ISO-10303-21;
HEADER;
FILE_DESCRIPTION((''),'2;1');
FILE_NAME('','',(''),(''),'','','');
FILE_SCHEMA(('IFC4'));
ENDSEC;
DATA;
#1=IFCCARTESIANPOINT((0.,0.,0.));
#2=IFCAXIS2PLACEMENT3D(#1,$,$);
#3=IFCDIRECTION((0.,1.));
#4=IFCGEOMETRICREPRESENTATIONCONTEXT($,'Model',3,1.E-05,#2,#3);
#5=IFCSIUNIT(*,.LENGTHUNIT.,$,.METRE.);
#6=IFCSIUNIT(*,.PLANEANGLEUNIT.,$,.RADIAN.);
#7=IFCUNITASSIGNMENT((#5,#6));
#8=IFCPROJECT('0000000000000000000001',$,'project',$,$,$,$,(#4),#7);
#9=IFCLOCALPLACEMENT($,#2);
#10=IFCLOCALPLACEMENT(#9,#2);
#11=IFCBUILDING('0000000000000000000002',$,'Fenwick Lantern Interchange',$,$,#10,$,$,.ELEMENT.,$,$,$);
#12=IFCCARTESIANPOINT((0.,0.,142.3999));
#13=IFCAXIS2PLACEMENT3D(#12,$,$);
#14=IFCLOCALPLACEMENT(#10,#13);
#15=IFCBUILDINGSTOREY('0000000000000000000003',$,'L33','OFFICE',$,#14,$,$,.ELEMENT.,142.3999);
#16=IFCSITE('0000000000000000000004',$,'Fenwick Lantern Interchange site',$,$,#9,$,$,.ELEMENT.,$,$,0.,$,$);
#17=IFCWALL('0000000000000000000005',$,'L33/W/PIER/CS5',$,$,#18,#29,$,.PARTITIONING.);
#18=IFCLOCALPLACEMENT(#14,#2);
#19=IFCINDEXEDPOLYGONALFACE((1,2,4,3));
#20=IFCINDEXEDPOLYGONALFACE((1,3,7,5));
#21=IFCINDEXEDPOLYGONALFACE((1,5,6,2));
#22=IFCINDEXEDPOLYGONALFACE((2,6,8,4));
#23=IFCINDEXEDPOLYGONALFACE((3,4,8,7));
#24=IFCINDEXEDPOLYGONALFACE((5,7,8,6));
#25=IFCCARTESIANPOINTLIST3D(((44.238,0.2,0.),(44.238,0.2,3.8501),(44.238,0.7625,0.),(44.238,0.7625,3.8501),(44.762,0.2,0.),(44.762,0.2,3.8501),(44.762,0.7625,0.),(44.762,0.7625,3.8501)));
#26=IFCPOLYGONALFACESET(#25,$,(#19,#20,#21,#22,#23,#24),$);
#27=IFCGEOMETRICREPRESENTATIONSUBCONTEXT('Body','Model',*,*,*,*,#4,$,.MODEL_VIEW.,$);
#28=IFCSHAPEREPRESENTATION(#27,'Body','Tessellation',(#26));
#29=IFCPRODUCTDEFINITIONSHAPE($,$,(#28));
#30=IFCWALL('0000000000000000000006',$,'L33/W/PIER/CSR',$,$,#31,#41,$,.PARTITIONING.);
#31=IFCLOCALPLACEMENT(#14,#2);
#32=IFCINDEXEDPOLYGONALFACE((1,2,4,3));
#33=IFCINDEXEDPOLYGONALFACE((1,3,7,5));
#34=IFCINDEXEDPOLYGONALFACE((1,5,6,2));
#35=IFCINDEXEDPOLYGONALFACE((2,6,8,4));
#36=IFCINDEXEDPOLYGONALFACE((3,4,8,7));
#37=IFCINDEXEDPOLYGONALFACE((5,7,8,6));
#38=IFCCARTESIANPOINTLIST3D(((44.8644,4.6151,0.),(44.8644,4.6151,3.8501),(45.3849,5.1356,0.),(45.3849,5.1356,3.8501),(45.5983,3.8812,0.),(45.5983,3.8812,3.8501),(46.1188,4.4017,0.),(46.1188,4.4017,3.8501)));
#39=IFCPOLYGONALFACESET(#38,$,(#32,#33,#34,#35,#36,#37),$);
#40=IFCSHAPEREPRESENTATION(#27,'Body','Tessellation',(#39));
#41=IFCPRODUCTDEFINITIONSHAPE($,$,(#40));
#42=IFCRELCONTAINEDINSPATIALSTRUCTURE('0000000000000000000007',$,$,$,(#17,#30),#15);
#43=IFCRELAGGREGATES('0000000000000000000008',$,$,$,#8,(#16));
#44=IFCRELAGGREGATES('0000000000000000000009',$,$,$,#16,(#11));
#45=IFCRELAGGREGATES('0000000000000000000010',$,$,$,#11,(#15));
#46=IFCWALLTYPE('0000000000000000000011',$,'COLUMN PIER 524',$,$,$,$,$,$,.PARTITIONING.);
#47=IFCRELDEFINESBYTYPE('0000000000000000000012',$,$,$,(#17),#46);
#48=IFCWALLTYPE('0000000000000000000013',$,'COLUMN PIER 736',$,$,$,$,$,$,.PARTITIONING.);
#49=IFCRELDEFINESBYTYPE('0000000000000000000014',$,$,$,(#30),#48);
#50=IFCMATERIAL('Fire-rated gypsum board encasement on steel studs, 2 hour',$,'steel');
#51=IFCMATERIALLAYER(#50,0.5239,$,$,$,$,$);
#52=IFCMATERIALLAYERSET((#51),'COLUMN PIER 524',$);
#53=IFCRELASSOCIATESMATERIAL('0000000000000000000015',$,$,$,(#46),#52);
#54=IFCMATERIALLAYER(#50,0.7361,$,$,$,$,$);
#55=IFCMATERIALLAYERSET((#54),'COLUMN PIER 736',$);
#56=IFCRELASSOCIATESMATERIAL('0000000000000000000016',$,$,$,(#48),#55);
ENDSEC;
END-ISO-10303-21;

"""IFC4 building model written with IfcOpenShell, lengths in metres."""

from ifc_helpers import new_model, si_unit, direction, frame, frame_2d, origin, place, context, subcontext, project, spatial, rectangle, extrude, material, layer, layer_set, type_object, element, save


model = new_model("IFC4")

# Units and contexts
model_context = context("Model", 3, precision=1e-05, world=origin(), true_north=direction((0.0, 1.0)))
body_context = subcontext(model_context, "Body", "Model", "MODEL_VIEW")
ifc_project = project(units=[si_unit("LENGTHUNIT", "METRE"), si_unit("PLANEANGLEUNIT", "RADIAN")], contexts=[model_context])

# Site, building, storey
site_placement = place(None, origin())
site = spatial("IfcSite", under=ifc_project, at=site_placement, Name="Fenwick Lantern Interchange site", CompositionType="ELEMENT", RefElevation=0.0)
building_placement = place(site_placement, origin())
building = spatial("IfcBuilding", under=site, at=building_placement, Name="Fenwick Lantern Interchange", CompositionType="ELEMENT")
storey_placement = place(building_placement, frame((0.0, 0.0, 142.3999)))
storey = spatial("IfcBuildingStorey", under=building, at=storey_placement, Name="L33", Description="OFFICE", CompositionType="ELEMENT", Elevation=142.3999)

# Walls
ifc_material_1 = material(Name="Fire-rated gypsum board encasement on steel studs, 2 hour", Category="steel")
ifc_layer_1 = layer(ifc_material_1, 0.5239)
ifc_layer_set_1 = layer_set([ifc_layer_1], Name="COLUMN PIER 524")
wall_type_1 = type_object("IfcWallType", Name="COLUMN PIER 524", PredefinedType="PARTITIONING", material=ifc_layer_set_1)
wall_1_placement = place(storey_placement, frame((44.5, 0.2, 0.0), z_axis=(0.0, 0.0, 1.0), x_axis=(0.0, 1.0, 0.0)))
element("IfcWall", 1, at=wall_1_placement, inside=storey, type_object=wall_type_1, Name="L33/W/PIER/CS5", PredefinedType="PARTITIONING", context=body_context, shape_type="SweptSolid", body=[
    extrude(rectangle(XDim=0.5625, YDim=0.5239, at=frame_2d((0.2812, 0.0))), origin(), (0.0, 0.0, 1.0), 3.8501),
])
ifc_layer_2 = layer(ifc_material_1, 0.7361)
ifc_layer_set_2 = layer_set([ifc_layer_2], Name="COLUMN PIER 736")
wall_type_2 = type_object("IfcWallType", Name="COLUMN PIER 736", PredefinedType="PARTITIONING", material=ifc_layer_set_2)
wall_2_placement = place(storey_placement, frame((45.8586, 4.1414, 0.0), z_axis=(0.0, 0.0, 1.0), x_axis=(-0.707107, 0.707107, 0.0)))
element("IfcWall", 2, at=wall_2_placement, inside=storey, type_object=wall_type_2, Name="L33/W/PIER/CSR", PredefinedType="PARTITIONING", context=body_context, shape_type="SweptSolid", body=[
    extrude(rectangle(XDim=1.0378, YDim=0.7361, at=frame_2d((0.519, 0.0))), origin(), (0.0, 0.0, 1.0), 3.8501),
])

save(model, "model.ifc")
